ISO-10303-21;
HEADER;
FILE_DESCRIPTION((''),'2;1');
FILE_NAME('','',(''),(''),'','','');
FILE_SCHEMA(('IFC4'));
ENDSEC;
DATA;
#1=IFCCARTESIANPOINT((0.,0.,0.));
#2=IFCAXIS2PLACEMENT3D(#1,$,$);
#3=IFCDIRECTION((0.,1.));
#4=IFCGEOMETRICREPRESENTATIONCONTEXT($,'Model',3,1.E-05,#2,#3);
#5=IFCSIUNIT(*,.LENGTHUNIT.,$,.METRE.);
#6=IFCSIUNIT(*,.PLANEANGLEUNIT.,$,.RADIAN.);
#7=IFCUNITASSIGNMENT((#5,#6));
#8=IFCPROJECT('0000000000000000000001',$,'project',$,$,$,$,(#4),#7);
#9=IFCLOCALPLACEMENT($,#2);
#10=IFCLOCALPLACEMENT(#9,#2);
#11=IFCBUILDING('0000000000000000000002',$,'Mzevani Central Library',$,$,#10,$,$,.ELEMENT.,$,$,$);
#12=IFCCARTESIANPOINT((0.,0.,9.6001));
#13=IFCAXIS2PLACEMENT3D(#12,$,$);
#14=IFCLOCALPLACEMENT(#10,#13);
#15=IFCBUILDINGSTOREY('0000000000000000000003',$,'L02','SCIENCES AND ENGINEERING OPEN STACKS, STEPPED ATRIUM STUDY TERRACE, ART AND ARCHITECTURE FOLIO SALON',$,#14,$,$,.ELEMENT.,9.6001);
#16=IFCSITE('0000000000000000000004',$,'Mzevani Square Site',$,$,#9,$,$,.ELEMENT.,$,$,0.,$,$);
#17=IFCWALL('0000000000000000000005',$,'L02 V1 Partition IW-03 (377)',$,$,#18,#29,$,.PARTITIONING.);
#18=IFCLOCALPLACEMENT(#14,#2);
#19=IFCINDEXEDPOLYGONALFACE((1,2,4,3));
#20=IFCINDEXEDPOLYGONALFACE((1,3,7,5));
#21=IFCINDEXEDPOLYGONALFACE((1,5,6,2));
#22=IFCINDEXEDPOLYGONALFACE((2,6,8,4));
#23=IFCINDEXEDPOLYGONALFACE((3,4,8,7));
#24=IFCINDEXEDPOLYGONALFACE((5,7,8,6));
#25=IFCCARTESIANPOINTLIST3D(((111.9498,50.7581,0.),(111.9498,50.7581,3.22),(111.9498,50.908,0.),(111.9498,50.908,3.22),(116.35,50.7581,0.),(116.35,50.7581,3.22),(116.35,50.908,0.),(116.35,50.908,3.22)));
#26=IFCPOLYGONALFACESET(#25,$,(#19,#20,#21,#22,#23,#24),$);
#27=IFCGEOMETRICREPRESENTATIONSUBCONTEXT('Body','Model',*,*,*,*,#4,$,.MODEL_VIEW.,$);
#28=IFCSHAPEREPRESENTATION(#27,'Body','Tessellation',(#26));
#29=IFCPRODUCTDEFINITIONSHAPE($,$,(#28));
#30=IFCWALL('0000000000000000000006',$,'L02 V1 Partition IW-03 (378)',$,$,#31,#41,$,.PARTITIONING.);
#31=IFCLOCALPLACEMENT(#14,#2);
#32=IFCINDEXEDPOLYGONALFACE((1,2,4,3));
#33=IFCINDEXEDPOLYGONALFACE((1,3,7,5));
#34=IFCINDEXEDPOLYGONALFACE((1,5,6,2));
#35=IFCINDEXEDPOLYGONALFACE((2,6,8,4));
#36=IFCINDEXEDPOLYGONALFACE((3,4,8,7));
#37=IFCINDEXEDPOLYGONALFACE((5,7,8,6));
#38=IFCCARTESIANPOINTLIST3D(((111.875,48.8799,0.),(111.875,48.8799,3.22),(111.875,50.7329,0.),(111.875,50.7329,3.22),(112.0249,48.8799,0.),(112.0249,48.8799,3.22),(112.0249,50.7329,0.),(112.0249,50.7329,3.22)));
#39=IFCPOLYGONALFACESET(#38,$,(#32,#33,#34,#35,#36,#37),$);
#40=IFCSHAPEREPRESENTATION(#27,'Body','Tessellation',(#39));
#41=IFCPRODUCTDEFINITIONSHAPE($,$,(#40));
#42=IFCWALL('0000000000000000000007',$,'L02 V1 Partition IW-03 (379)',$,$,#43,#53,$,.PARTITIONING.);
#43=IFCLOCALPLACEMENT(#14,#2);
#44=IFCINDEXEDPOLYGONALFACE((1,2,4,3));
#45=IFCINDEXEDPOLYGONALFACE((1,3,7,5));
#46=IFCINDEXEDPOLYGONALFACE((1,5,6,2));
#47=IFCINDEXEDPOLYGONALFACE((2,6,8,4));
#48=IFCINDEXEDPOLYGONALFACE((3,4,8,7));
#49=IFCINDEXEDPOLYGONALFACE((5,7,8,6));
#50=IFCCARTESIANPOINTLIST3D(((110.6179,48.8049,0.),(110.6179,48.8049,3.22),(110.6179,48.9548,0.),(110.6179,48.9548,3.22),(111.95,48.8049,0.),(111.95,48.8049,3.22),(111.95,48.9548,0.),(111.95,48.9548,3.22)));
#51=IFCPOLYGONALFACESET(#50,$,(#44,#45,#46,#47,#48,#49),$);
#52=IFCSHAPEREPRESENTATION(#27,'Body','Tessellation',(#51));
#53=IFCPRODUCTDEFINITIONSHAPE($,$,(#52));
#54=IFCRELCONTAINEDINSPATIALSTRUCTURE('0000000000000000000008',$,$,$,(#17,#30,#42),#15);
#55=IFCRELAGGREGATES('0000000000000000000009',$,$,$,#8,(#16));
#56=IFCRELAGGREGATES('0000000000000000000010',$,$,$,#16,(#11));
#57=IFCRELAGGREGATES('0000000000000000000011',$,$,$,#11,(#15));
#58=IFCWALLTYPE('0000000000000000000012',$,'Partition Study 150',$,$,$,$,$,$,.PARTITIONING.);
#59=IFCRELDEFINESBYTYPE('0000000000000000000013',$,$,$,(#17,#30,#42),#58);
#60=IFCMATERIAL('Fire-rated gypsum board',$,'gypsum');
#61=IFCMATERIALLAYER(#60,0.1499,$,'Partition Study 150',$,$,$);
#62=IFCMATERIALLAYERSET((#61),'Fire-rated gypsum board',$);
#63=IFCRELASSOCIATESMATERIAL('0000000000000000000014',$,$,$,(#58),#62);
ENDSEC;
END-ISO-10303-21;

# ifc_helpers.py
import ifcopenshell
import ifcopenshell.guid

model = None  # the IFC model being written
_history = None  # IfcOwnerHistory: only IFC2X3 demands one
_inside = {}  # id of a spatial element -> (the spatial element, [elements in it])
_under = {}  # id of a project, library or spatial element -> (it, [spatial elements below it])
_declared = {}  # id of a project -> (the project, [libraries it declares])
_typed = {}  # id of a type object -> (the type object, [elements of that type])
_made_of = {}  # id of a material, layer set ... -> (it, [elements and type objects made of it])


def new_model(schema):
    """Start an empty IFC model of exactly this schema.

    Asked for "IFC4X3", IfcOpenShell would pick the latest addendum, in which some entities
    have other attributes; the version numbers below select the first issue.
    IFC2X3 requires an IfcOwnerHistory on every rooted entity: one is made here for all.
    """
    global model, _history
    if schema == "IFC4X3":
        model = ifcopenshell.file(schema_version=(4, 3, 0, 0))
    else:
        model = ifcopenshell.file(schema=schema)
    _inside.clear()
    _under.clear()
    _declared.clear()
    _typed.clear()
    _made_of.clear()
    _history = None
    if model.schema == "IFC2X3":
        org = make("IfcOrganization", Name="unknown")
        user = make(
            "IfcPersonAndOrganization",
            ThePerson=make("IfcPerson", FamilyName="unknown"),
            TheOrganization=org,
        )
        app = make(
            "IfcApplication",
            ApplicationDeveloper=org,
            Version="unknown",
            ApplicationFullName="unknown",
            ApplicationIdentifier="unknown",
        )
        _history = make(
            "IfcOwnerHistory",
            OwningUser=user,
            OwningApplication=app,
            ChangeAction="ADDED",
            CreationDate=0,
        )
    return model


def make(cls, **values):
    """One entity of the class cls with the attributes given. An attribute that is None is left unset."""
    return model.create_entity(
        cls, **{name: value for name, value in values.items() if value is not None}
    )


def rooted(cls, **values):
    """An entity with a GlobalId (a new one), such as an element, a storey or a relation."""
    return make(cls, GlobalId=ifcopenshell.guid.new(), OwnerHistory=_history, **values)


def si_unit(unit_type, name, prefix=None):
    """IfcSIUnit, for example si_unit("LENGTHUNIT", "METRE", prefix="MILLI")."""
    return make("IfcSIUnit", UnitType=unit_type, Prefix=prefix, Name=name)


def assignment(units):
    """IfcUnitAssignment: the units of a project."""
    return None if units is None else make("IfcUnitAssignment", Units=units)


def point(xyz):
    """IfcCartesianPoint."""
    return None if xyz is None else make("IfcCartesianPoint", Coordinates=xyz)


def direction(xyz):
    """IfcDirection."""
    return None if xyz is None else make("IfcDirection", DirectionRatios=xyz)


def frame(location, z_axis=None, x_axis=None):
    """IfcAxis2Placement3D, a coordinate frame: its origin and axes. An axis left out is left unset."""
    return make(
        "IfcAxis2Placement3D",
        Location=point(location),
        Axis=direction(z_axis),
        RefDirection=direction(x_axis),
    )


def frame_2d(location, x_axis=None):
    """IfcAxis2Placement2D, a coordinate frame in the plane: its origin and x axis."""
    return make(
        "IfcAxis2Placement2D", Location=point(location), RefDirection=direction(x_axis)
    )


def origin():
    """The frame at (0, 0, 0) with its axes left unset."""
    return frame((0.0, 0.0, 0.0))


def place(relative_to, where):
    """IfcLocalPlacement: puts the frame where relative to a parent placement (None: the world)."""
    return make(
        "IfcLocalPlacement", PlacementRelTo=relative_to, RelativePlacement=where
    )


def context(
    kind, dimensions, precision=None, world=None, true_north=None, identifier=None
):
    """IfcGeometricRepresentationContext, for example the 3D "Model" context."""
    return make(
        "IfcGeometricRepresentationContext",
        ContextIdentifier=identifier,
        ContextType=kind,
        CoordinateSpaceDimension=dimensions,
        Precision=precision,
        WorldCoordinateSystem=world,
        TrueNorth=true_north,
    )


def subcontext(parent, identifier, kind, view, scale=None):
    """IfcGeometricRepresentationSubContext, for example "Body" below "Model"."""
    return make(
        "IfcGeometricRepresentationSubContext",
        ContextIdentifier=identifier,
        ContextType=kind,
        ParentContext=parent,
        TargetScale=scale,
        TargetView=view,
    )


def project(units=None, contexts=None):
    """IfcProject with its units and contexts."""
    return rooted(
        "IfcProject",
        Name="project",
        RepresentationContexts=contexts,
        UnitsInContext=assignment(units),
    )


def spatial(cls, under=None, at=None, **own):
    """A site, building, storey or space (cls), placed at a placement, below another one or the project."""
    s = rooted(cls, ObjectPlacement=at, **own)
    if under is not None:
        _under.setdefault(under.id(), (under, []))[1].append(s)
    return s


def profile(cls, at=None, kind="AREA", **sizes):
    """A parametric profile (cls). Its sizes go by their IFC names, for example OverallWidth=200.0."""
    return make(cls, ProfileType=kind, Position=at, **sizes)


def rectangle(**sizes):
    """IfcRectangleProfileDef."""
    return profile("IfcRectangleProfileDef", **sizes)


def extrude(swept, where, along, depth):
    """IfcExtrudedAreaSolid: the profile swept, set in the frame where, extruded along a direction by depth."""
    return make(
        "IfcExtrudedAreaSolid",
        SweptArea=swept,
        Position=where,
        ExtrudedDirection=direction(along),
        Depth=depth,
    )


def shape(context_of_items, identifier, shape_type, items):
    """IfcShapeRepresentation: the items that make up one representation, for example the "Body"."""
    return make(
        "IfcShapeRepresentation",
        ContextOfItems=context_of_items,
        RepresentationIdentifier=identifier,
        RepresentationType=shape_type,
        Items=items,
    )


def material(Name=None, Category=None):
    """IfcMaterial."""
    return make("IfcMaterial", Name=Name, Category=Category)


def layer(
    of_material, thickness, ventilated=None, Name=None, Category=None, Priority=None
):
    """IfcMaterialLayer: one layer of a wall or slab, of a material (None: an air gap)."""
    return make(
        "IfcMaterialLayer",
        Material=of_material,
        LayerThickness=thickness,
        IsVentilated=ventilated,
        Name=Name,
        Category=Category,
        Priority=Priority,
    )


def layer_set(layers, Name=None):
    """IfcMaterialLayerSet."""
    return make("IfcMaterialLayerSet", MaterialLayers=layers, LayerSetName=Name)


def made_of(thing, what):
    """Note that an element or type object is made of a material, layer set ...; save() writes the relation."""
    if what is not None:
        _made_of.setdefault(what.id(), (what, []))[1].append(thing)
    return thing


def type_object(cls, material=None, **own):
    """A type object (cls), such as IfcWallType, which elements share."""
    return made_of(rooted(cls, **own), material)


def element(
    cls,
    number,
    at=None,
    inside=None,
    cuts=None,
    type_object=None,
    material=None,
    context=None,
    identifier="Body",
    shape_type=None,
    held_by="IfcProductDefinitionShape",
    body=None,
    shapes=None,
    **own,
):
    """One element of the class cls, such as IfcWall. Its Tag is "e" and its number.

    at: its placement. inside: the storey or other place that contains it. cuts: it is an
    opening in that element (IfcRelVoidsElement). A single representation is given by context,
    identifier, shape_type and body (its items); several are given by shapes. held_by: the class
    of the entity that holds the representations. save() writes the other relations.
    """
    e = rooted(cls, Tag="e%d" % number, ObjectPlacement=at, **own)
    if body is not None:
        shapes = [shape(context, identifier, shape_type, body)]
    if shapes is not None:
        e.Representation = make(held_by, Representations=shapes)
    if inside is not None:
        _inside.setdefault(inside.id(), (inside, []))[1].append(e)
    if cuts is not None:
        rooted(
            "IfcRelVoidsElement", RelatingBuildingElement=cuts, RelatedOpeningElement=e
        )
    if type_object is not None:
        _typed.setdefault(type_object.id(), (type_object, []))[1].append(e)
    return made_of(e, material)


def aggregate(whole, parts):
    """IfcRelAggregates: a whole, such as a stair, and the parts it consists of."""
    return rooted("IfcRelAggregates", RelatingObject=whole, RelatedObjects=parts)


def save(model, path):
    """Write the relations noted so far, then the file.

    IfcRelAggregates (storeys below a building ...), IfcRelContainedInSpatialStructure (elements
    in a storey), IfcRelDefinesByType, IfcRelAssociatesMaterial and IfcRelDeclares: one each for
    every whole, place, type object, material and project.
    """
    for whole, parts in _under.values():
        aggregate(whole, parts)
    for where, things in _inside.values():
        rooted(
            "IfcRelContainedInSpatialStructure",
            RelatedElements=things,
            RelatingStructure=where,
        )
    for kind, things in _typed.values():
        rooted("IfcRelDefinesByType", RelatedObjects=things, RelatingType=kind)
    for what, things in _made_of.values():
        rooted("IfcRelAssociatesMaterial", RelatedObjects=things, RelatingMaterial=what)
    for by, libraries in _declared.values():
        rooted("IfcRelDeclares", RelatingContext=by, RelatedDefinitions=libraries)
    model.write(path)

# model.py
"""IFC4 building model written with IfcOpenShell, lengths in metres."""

from ifc_helpers import new_model, si_unit, direction, frame, frame_2d, origin, place, context, subcontext, project, spatial, rectangle, extrude, material, layer, layer_set, type_object, element, save


model = new_model("IFC4")

# Units and contexts
model_context = context("Model", 3, precision=1e-05, world=origin(), true_north=direction((0.0, 1.0)))
body_context = subcontext(model_context, "Body", "Model", "MODEL_VIEW")
ifc_project = project(units=[si_unit("LENGTHUNIT", "METRE"), si_unit("PLANEANGLEUNIT", "RADIAN")], contexts=[model_context])

# Site, building, storey
site_placement = place(None, origin())
site = spatial("IfcSite", under=ifc_project, at=site_placement, Name="Mzevani Square Site", CompositionType="ELEMENT", RefElevation=0.0)
building_placement = place(site_placement, origin())
building = spatial("IfcBuilding", under=site, at=building_placement, Name="Mzevani Central Library", CompositionType="ELEMENT")
storey_placement = place(building_placement, frame((0.0, 0.0, 9.6001)))
storey = spatial("IfcBuildingStorey", under=building, at=storey_placement, Name="L02", Description="SCIENCES AND ENGINEERING OPEN STACKS, STEPPED ATRIUM STUDY TERRACE, ART AND ARCHITECTURE FOLIO SALON", CompositionType="ELEMENT", Elevation=9.6001)

# Shared definitions
ifc_material_1 = material(Name="Fire-rated gypsum board", Category="gypsum")

# Walls
ifc_layer_1 = layer(ifc_material_1, 0.1499, Name="Partition Study 150")
ifc_layer_set_1 = layer_set([ifc_layer_1], Name="Fire-rated gypsum board")
wall_type_1 = type_object("IfcWallType", Name="Partition Study 150", PredefinedType="PARTITIONING", material=ifc_layer_set_1)
wall_1_placement = place(storey_placement, frame((116.3501, 50.833, 0.0), z_axis=(0.0, 0.0, 1.0), x_axis=(-1.0, 0.0, 0.0)))
element("IfcWall", 1, at=wall_1_placement, inside=storey, type_object=wall_type_1, Name="L02 V1 Partition IW-03 (377)", PredefinedType="PARTITIONING", context=body_context, shape_type="SweptSolid", body=[
    extrude(rectangle(XDim=4.4001, YDim=0.1499, at=frame_2d((2.2002, 0.0))), origin(), (0.0, 0.0, 1.0), 3.22),
])
wall_2_placement = place(storey_placement, frame((111.95, 50.7329, 0.0), z_axis=(0.0, 0.0, 1.0), x_axis=(0.0, -1.0, 0.0)))
element("IfcWall", 2, at=wall_2_placement, inside=storey, type_object=wall_type_1, Name="L02 V1 Partition IW-03 (378)", PredefinedType="PARTITIONING", context=body_context, shape_type="SweptSolid", body=[
    extrude(rectangle(XDim=1.853, YDim=0.1499, at=frame_2d((0.9265, 0.0))), origin(), (0.0, 0.0, 1.0), 3.22),
])
wall_3_placement = place(storey_placement, frame((111.95, 48.8799, 0.0), z_axis=(0.0, 0.0, 1.0), x_axis=(-1.0, 0.0, 0.0)))
element("IfcWall", 3, at=wall_3_placement, inside=storey, type_object=wall_type_1, Name="L02 V1 Partition IW-03 (379)", PredefinedType="PARTITIONING", context=body_context, shape_type="SweptSolid", body=[
    extrude(rectangle(XDim=1.332, YDim=0.1499, at=frame_2d((0.666, 0.0))), origin(), (0.0, 0.0, 1.0), 3.22),
])

save(model, "model.ifc")
